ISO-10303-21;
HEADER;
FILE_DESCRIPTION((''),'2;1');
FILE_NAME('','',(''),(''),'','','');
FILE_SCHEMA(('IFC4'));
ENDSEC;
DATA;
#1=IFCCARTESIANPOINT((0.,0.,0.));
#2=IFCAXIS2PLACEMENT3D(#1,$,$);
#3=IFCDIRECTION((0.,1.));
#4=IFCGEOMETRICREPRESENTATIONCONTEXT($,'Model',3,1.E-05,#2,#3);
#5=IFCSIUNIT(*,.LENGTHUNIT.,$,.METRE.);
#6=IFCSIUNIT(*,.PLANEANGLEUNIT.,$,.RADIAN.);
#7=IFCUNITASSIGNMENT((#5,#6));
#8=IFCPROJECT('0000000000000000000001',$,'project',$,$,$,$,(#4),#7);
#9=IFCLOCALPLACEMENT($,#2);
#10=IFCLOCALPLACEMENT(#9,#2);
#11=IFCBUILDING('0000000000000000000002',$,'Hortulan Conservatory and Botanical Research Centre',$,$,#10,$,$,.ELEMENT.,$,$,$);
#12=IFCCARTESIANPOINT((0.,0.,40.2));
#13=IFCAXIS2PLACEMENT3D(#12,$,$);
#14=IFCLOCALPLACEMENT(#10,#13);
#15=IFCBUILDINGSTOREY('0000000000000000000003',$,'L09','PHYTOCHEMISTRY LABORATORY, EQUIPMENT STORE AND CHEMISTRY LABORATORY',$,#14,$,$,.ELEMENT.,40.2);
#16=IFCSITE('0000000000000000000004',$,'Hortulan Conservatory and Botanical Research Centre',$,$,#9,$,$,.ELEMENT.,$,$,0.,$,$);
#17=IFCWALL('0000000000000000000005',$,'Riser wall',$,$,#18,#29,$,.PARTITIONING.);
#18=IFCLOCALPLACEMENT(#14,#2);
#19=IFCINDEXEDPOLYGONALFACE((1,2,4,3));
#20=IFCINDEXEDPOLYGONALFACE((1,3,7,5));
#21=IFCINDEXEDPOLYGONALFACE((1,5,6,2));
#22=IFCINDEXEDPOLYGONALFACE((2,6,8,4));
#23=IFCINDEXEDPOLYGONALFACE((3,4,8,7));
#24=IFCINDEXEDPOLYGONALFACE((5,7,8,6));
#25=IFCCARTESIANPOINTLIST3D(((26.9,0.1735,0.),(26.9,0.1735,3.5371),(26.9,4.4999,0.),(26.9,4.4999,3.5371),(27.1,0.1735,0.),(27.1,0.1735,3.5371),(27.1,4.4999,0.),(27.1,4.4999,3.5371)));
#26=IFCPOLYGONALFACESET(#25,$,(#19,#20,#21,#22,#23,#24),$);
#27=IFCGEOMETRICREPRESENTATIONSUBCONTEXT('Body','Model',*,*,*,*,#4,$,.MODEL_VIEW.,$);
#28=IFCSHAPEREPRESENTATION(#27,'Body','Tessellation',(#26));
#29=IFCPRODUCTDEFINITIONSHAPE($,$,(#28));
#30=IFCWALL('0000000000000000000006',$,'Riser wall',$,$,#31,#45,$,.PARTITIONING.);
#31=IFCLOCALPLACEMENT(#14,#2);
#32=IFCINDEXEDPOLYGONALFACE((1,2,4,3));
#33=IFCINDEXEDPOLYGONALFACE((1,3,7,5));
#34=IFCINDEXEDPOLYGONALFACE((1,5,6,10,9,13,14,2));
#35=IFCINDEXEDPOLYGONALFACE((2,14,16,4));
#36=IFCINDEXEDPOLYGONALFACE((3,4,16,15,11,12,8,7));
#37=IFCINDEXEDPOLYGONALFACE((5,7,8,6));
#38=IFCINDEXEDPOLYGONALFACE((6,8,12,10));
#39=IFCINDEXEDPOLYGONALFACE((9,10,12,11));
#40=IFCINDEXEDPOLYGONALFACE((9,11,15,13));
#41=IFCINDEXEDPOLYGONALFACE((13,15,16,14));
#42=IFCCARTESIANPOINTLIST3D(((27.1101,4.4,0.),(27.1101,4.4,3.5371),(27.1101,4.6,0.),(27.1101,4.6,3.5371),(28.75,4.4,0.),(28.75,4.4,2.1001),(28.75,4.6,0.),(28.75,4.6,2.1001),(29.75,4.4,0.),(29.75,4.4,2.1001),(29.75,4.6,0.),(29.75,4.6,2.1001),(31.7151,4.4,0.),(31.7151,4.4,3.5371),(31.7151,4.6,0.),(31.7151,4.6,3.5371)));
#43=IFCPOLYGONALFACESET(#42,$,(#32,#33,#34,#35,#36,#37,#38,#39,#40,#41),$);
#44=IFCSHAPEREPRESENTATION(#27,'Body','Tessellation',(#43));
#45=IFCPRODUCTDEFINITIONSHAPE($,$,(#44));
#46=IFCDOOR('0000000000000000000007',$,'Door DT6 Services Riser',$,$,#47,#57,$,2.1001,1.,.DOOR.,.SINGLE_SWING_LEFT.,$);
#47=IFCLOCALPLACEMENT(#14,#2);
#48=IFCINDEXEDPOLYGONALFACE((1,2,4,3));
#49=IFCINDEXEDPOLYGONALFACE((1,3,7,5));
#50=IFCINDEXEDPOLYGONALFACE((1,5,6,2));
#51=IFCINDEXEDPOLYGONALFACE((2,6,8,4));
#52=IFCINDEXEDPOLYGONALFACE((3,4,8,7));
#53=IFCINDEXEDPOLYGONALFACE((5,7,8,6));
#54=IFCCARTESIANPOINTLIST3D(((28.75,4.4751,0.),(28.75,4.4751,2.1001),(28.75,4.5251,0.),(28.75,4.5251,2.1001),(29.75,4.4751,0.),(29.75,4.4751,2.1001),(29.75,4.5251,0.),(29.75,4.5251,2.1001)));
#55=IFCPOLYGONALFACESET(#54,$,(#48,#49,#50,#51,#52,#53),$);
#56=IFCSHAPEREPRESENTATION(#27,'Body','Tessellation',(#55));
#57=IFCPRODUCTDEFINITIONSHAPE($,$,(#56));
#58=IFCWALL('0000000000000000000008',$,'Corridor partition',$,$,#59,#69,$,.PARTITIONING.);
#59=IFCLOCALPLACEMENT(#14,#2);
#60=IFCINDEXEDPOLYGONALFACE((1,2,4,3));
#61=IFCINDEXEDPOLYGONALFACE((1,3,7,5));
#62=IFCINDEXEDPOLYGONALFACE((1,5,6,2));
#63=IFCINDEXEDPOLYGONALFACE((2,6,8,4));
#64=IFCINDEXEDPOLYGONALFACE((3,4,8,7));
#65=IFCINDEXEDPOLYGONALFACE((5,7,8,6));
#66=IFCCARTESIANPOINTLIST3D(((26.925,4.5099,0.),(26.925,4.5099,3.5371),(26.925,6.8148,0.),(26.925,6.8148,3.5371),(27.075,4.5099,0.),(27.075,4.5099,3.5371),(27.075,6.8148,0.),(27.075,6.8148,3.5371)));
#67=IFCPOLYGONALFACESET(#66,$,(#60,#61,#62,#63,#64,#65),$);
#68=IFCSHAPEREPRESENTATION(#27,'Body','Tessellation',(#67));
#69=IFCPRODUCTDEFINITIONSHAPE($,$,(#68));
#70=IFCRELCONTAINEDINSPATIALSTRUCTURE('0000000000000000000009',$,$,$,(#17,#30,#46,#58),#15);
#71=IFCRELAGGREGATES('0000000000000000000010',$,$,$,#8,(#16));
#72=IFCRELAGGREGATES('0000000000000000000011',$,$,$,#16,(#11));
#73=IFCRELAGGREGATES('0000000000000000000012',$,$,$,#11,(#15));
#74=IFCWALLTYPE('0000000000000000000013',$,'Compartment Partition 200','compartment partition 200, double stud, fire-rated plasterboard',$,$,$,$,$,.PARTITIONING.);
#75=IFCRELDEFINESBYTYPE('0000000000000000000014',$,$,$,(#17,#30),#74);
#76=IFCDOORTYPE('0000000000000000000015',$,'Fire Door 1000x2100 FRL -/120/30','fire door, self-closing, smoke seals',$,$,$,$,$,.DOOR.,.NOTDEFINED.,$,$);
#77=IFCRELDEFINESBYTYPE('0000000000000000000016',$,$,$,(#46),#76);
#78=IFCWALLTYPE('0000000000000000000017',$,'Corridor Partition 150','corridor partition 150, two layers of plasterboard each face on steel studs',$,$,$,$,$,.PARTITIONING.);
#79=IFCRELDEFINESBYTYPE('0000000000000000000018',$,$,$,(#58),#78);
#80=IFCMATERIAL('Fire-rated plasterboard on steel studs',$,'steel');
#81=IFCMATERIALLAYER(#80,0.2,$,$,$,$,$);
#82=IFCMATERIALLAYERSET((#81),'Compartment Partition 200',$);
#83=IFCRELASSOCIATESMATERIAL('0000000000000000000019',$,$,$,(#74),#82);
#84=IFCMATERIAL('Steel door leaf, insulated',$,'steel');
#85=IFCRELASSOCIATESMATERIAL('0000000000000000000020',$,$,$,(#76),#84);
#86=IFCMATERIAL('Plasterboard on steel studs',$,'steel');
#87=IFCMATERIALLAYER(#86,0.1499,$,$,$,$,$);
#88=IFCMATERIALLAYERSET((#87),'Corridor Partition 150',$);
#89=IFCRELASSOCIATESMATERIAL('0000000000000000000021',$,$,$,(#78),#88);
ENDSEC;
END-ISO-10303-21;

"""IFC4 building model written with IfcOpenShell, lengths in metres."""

from ifc_helpers import new_model, si_unit, direction, frame, frame_2d, origin, place, context, subcontext, project, spatial, rectangle, extrude, material, layer, layer_set, type_object, element, fill, save


model = new_model("IFC4")

# Units and contexts
model_context = context("Model", 3, precision=1e-05, world=origin(), true_north=direction((0.0, 1.0)))
body_context = subcontext(model_context, "Body", "Model", "MODEL_VIEW")
ifc_project = project(units=[si_unit("LENGTHUNIT", "METRE"), si_unit("PLANEANGLEUNIT", "RADIAN")], contexts=[model_context])

# Site, building, storey
site_placement = place(None, origin())
site = spatial("IfcSite", under=ifc_project, at=site_placement, Name="Hortulan Conservatory and Botanical Research Centre", CompositionType="ELEMENT", RefElevation=0.0)
building_placement = place(site_placement, origin())
building = spatial("IfcBuilding", under=site, at=building_placement, Name="Hortulan Conservatory and Botanical Research Centre", CompositionType="ELEMENT")
storey_placement = place(building_placement, frame((0.0, 0.0, 40.2)))
storey = spatial("IfcBuildingStorey", under=building, at=storey_placement, Name="L09", Description="PHYTOCHEMISTRY LABORATORY, EQUIPMENT STORE AND CHEMISTRY LABORATORY", CompositionType="ELEMENT", Elevation=40.2)

# Wall
ifc_material_1 = material(Name="Fire-rated plasterboard on steel studs", Category="steel")
ifc_layer_1 = layer(ifc_material_1, 0.2)
ifc_layer_set_1 = layer_set([ifc_layer_1], Name="Compartment Partition 200")
wall_type_1 = type_object("IfcWallType", Name="Compartment Partition 200", Description="compartment partition 200, double stud, fire-rated plasterboard", PredefinedType="PARTITIONING", material=ifc_layer_set_1)
wall_1_placement = place(storey_placement, frame((27.0, 0.1736, 0.0), z_axis=(0.0, 0.0, 1.0), x_axis=(0.0, 1.0, 0.0)))
element("IfcWall", 1, at=wall_1_placement, inside=storey, type_object=wall_type_1, Name="Riser wall", PredefinedType="PARTITIONING", context=body_context, shape_type="SweptSolid", body=[
    extrude(rectangle(XDim=4.3264, YDim=0.2, at=frame_2d((2.1631, 0.0))), origin(), (0.0, 0.0, 1.0), 3.5371),
])

# Wall, opening, door
wall_2_placement = place(storey_placement, frame((27.1101, 4.5, 0.0), z_axis=(0.0, 0.0, 1.0), x_axis=(1.0, 0.0, 0.0)))
wall_2 = element("IfcWall", 2, at=wall_2_placement, inside=storey, type_object=wall_type_1, Name="Riser wall", PredefinedType="PARTITIONING", context=body_context, shape_type="SweptSolid", body=[
    extrude(rectangle(XDim=4.605, YDim=0.2, at=frame_2d((2.3025, 0.0))), origin(), (0.0, 0.0, 1.0), 3.5371),
])
opening_1_placement = place(wall_2_placement, frame((1.6399, 0.0, 0.0)))
opening_1 = element("IfcOpeningElement", 3, at=opening_1_placement, cuts=wall_2, PredefinedType="OPENING", context=body_context, shape_type="SweptSolid", body=[
    extrude(rectangle(XDim=1.0, YDim=2.1001, at=frame_2d((0.5, 1.05))), frame((0.0, 0.1099, 0.0), z_axis=(0.0, -1.0, 0.0), x_axis=(1.0, 0.0, 0.0)), (0.0, 0.0, 1.0), 0.22),
])
ifc_material_2 = material(Name="Steel door leaf, insulated", Category="steel")
door_type = type_object("IfcDoorType", Name="Fire Door 1000x2100 FRL -/120/30", Description="fire door, self-closing, smoke seals", OperationType="NOTDEFINED", PredefinedType="DOOR", material=ifc_material_2)
door_placement = place(opening_1_placement, frame((1.0, 0.0, 0.0), z_axis=(0.0, 0.0, 1.0), x_axis=(-1.0, 0.0, 0.0)))
door = element("IfcDoor", 4, at=door_placement, inside=storey, type_object=door_type, Name="Door DT6 Services Riser", OperationType="SINGLE_SWING_LEFT", OverallHeight=2.1001, OverallWidth=1.0, PredefinedType="DOOR", context=body_context, shape_type="SweptSolid", body=[
    extrude(rectangle(XDim=1.0, YDim=2.1001, at=frame_2d((0.5, 1.05))), frame((0.0, 0.0249, 0.0), z_axis=(0.0, -1.0, 0.0), x_axis=(1.0, 0.0, 0.0)), (0.0, 0.0, 1.0), 0.05),
])
fill(opening_1, door)

# Wall
ifc_material_3 = material(Name="Plasterboard on steel studs", Category="steel")
ifc_layer_2 = layer(ifc_material_3, 0.1499)
ifc_layer_set_2 = layer_set([ifc_layer_2], Name="Corridor Partition 150")
wall_type_2 = type_object("IfcWallType", Name="Corridor Partition 150", Description="corridor partition 150, two layers of plasterboard each face on steel studs", PredefinedType="PARTITIONING", material=ifc_layer_set_2)
wall_3_placement = place(storey_placement, frame((27.0, 4.51, 0.0), z_axis=(0.0, 0.0, 1.0), x_axis=(0.0, 1.0, 0.0)))
element("IfcWall", 5, at=wall_3_placement, inside=storey, type_object=wall_type_2, Name="Corridor partition", PredefinedType="PARTITIONING", context=body_context, shape_type="SweptSolid", body=[
    extrude(rectangle(XDim=2.3049, YDim=0.1499, at=frame_2d((1.1523, 0.0))), origin(), (0.0, 0.0, 1.0), 3.5371),
])

save(model, "model.ifc")
